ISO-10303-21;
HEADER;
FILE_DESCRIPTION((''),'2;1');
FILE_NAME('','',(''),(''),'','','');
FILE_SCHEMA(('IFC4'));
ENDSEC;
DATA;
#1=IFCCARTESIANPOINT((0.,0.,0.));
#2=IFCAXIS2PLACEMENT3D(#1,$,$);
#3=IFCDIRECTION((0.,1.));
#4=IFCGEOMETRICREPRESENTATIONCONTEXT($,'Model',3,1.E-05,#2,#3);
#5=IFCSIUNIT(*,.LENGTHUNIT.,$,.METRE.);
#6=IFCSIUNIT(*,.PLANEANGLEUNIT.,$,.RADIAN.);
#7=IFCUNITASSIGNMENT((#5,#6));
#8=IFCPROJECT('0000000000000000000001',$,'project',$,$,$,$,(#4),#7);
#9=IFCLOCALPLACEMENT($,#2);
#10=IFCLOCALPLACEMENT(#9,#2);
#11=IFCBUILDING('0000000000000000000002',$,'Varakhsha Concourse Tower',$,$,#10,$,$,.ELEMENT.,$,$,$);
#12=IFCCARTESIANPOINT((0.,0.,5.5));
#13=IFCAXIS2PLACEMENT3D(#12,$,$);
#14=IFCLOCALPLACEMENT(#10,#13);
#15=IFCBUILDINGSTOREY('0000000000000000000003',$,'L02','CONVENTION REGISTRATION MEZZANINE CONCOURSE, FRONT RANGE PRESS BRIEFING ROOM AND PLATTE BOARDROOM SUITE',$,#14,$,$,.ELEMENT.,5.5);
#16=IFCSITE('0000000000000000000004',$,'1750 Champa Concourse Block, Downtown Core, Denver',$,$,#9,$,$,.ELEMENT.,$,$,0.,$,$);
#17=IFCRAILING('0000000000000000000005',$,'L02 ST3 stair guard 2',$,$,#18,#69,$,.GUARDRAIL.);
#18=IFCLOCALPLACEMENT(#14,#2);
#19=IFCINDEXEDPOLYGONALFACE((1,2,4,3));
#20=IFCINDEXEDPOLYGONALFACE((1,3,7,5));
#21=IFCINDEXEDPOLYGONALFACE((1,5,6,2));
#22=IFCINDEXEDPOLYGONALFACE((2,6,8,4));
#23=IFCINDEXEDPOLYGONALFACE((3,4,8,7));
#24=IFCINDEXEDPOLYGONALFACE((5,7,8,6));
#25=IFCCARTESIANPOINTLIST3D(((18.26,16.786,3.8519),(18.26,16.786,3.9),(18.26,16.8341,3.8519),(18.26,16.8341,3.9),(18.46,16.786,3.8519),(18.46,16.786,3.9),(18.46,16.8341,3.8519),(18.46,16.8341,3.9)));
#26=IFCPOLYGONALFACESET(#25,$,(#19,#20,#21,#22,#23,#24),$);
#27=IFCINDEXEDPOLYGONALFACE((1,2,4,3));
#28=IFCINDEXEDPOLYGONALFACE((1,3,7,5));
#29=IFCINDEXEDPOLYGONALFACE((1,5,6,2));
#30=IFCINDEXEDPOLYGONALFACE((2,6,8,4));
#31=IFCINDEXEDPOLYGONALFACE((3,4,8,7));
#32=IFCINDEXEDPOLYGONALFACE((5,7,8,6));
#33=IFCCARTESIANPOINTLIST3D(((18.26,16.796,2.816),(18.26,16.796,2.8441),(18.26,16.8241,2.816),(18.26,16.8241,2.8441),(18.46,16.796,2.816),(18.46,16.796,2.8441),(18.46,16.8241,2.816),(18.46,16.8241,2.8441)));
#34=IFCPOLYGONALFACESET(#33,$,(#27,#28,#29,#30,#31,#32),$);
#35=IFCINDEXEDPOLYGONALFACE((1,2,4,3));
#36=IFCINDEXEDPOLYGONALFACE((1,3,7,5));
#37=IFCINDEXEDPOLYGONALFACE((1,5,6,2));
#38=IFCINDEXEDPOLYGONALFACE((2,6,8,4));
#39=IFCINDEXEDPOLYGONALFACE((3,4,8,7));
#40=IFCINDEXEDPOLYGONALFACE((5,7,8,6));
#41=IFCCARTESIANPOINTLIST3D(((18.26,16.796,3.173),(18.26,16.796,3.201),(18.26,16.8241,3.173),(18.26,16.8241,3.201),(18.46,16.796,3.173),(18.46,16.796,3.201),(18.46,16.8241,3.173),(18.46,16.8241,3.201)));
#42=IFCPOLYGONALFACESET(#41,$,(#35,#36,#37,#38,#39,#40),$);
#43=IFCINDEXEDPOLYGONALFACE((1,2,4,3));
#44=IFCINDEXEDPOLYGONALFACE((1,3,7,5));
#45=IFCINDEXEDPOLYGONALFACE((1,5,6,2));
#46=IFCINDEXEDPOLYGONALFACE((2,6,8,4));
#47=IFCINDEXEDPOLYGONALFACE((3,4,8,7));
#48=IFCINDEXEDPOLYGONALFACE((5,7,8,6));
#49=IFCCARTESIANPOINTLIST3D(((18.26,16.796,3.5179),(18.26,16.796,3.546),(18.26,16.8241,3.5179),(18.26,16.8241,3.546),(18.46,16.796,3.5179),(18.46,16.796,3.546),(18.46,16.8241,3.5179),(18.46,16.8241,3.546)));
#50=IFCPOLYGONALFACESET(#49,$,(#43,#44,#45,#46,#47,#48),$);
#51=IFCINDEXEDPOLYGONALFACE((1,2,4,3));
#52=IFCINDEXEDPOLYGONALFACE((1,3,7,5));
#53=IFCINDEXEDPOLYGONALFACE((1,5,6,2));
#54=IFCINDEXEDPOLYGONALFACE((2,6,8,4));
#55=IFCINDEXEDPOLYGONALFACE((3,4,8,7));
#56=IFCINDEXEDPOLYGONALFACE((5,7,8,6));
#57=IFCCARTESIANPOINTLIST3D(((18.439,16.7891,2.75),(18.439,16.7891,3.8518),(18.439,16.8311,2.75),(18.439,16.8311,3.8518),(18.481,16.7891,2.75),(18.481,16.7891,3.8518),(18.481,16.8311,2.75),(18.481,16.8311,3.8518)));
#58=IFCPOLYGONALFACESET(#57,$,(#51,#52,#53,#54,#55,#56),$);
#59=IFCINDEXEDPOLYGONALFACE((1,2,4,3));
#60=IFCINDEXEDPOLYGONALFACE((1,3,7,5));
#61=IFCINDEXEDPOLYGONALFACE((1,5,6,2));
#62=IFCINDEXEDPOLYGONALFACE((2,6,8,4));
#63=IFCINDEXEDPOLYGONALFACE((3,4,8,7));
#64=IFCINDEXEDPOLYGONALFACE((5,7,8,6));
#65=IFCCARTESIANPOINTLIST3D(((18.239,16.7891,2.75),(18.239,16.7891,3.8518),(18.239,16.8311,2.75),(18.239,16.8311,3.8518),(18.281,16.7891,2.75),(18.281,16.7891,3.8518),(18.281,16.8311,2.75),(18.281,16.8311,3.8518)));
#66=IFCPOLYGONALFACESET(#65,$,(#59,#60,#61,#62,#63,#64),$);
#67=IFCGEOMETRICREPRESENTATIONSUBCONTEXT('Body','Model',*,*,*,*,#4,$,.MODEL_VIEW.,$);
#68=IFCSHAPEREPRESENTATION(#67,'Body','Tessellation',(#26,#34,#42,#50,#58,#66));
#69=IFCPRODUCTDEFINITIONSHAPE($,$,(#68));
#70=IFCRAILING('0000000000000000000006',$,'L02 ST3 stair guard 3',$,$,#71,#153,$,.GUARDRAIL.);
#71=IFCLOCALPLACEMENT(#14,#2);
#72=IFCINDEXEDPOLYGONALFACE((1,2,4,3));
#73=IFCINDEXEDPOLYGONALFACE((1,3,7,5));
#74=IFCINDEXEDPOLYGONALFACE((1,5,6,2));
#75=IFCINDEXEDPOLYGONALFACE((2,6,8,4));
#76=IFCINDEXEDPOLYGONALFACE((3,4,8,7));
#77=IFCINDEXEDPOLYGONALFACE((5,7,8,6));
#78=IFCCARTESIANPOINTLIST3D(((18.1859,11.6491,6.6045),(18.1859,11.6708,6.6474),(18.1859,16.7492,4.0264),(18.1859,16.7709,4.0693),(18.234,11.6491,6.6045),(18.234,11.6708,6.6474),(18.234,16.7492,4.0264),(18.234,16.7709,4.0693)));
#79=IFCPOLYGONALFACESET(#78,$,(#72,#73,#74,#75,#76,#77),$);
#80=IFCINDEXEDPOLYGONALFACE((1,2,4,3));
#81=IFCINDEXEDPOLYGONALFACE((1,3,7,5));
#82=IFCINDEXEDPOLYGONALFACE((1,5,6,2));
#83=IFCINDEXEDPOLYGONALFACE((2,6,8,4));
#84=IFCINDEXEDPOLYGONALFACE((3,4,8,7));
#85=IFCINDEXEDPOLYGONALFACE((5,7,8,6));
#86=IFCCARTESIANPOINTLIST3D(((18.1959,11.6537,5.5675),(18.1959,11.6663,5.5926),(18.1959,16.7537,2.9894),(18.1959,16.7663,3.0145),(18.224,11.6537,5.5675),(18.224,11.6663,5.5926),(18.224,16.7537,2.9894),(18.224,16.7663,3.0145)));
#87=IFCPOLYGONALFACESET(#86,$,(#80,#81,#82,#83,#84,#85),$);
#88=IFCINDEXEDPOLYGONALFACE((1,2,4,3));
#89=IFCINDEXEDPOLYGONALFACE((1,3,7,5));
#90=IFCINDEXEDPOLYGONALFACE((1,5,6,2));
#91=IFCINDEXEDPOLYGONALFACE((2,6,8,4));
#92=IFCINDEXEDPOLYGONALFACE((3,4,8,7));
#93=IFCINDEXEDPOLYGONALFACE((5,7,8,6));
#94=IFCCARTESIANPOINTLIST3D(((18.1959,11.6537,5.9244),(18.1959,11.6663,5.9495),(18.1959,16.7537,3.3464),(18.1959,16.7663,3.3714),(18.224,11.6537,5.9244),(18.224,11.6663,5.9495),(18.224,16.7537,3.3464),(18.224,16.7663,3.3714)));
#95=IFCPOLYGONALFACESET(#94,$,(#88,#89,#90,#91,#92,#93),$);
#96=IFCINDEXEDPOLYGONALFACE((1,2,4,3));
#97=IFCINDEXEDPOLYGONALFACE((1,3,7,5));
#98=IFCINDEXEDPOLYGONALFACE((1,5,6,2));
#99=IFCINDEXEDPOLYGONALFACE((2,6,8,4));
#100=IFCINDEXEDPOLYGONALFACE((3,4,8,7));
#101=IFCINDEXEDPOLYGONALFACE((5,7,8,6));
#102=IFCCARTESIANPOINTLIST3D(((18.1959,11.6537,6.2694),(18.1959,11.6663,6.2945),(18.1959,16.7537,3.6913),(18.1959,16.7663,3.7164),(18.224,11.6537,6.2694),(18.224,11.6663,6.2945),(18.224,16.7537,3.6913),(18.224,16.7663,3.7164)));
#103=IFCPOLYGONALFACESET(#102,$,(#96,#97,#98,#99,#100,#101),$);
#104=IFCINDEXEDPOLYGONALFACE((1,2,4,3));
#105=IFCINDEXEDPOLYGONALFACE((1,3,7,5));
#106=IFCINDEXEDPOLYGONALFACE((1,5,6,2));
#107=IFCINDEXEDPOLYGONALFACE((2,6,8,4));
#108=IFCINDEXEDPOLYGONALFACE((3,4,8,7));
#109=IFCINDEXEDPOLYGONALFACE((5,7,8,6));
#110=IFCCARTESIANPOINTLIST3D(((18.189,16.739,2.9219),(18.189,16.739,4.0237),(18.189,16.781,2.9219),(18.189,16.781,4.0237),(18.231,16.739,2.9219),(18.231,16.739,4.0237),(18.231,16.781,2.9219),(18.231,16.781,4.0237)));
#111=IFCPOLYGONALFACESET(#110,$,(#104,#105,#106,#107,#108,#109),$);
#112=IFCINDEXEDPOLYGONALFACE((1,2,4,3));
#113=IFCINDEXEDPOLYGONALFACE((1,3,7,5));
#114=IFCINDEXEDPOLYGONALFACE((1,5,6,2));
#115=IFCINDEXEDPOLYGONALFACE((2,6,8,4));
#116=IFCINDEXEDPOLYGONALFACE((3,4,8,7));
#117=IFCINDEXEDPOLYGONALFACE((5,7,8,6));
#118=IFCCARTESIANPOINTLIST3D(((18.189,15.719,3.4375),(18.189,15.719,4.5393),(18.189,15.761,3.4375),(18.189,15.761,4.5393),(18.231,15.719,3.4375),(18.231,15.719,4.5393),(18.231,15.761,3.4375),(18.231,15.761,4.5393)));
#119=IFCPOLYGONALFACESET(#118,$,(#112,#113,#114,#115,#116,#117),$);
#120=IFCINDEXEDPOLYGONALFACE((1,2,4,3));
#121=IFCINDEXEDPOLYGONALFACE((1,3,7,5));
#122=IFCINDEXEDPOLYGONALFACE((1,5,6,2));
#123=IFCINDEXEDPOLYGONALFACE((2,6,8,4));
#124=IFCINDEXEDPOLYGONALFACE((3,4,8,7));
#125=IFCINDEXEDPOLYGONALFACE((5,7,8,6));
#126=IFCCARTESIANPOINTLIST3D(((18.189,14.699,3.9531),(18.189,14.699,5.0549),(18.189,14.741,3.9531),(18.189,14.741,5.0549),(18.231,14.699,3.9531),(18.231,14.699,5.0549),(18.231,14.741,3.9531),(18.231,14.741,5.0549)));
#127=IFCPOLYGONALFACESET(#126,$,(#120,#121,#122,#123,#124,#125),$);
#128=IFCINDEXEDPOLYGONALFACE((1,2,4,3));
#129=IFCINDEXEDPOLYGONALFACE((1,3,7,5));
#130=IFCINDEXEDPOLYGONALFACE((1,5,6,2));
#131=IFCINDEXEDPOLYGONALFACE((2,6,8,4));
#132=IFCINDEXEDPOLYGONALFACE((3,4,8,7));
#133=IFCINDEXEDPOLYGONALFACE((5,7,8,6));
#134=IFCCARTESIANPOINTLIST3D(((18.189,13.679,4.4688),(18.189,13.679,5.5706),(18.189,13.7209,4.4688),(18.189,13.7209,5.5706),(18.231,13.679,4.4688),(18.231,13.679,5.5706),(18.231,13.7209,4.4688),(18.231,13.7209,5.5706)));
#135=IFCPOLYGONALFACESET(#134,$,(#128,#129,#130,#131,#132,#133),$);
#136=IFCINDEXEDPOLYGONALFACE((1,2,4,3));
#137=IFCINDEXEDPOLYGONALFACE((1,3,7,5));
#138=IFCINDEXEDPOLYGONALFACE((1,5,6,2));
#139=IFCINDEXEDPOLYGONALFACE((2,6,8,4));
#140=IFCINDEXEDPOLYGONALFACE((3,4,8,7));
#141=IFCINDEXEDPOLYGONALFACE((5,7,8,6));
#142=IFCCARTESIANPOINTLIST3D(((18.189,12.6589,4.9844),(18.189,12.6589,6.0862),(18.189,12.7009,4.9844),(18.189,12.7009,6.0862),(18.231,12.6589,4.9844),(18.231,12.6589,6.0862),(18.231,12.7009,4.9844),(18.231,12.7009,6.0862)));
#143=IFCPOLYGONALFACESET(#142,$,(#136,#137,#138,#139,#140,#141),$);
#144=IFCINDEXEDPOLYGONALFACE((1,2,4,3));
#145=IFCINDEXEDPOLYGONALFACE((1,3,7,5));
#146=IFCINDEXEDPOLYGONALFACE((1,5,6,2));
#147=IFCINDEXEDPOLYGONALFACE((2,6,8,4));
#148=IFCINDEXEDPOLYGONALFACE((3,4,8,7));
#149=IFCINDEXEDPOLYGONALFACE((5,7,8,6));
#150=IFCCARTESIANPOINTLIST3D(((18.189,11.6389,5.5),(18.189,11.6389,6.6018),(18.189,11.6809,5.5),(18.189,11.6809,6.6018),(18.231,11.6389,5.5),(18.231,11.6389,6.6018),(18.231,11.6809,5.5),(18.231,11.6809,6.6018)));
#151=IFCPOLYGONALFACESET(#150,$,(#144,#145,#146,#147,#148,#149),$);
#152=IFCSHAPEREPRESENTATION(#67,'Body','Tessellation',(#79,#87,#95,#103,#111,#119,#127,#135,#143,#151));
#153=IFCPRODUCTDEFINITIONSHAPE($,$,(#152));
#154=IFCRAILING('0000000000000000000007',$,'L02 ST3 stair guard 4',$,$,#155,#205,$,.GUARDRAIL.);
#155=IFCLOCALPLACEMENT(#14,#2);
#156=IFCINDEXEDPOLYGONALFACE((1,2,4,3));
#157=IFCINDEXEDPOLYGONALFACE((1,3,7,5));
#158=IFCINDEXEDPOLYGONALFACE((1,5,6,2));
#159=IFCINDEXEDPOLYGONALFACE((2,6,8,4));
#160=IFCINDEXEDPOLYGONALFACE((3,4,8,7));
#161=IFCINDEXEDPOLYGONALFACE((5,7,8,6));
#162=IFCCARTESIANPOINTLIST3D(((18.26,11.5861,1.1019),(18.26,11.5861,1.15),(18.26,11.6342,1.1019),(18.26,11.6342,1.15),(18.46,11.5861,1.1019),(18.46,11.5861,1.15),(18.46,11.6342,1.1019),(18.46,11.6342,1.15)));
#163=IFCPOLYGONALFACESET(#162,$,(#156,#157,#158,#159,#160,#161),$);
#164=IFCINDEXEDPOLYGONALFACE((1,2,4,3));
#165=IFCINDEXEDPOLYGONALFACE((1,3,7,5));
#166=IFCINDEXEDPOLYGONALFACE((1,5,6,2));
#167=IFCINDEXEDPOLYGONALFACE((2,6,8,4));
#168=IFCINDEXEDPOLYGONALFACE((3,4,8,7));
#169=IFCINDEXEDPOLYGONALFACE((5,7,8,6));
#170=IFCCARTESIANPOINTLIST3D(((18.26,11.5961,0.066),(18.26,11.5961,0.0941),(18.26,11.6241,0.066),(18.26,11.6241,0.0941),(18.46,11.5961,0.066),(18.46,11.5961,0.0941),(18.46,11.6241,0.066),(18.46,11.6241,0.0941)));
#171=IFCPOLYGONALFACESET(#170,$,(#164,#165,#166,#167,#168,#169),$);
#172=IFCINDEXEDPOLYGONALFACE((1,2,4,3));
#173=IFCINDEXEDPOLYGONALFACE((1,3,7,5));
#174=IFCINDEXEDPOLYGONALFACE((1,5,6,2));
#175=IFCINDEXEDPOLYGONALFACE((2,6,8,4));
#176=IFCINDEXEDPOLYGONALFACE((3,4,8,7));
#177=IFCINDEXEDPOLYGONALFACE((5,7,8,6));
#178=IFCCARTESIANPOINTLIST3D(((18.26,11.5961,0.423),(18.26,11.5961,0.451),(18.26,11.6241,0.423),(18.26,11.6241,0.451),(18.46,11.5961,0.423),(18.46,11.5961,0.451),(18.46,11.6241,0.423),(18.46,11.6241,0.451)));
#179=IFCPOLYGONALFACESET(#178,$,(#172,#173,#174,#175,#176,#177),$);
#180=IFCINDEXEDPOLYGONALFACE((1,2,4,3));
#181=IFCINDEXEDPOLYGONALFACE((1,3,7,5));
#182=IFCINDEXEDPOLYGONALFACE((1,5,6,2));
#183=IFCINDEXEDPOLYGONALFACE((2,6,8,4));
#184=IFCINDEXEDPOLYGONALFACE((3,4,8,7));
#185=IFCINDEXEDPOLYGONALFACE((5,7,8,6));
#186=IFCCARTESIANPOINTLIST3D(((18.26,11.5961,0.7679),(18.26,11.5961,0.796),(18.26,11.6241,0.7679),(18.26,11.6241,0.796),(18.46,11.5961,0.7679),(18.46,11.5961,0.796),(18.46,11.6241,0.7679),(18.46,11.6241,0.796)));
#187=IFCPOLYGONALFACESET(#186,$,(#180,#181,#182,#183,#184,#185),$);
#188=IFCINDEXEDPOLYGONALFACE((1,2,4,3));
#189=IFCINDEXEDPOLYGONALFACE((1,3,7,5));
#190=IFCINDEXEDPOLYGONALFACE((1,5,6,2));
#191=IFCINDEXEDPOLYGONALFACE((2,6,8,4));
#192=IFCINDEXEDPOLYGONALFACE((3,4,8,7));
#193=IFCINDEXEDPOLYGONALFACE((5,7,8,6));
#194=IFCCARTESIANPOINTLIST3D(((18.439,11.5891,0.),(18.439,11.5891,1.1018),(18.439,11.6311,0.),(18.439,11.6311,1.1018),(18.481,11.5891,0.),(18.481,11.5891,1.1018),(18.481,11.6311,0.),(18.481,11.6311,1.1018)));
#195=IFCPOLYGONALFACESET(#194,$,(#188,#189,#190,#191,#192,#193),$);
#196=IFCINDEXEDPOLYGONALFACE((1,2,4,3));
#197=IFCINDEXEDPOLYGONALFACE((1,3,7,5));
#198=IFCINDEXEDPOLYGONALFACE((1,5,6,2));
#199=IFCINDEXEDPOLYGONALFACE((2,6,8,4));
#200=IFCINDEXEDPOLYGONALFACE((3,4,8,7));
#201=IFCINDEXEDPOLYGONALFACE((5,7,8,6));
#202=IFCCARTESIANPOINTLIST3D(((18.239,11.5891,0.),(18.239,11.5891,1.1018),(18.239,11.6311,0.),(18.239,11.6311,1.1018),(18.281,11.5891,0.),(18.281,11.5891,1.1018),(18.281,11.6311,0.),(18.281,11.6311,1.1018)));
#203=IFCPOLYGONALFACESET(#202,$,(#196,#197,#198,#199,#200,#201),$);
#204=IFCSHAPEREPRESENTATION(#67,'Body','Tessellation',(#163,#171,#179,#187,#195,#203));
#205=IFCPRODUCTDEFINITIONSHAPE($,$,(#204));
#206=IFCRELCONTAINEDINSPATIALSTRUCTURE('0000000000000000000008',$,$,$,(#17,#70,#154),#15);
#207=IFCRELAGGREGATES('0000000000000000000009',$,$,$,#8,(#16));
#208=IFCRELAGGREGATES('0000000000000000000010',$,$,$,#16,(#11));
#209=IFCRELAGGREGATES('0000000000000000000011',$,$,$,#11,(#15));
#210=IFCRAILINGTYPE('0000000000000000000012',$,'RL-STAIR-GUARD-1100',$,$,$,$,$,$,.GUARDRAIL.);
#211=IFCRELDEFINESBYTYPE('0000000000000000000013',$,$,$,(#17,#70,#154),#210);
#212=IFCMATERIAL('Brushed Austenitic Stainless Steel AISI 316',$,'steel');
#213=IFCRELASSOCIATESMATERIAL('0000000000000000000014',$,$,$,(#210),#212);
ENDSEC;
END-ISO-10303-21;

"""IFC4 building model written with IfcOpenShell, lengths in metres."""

from ifc_helpers import new_model, si_unit, direction, frame, origin, origin_2d, place, context, subcontext, project, spatial, rectangle, extrude, material, type_object, element, save


model = new_model("IFC4")

# Units and contexts
model_context = context("Model", 3, precision=1e-05, world=origin(), true_north=direction((0.0, 1.0)))
body_context = subcontext(model_context, "Body", "Model", "MODEL_VIEW")
ifc_project = project(units=[si_unit("LENGTHUNIT", "METRE"), si_unit("PLANEANGLEUNIT", "RADIAN")], contexts=[model_context])

# Site, building, storey
site_placement = place(None, origin())
site = spatial("IfcSite", under=ifc_project, at=site_placement, Name="1750 Champa Concourse Block, Downtown Core, Denver", CompositionType="ELEMENT", RefElevation=0.0)
building_placement = place(site_placement, origin())
building = spatial("IfcBuilding", under=site, at=building_placement, Name="Varakhsha Concourse Tower", CompositionType="ELEMENT")
storey_placement = place(building_placement, frame((0.0, 0.0, 5.5)))
storey = spatial("IfcBuildingStorey", under=building, at=storey_placement, Name="L02", Description="CONVENTION REGISTRATION MEZZANINE CONCOURSE, FRONT RANGE PRESS BRIEFING ROOM AND PLATTE BOARDROOM SUITE", CompositionType="ELEMENT", Elevation=5.5)

# Railings
ifc_material_1 = material(Name="Brushed Austenitic Stainless Steel AISI 316", Category="steel")
railing_type_1 = type_object("IfcRailingType", Name="RL-STAIR-GUARD-1100", PredefinedType="GUARDRAIL", material=ifc_material_1)
railing_1_placement = place(storey_placement, frame((18.46, 16.8101, 2.75)))
element("IfcRailing", 1, at=railing_1_placement, inside=storey, type_object=railing_type_1, Name="L02 ST3 stair guard 2", PredefinedType="GUARDRAIL", context=body_context, shape_type="SweptSolid", body=[
    extrude(rectangle(XDim=0.0481, YDim=0.0481, at=origin_2d()), frame((0.0, 0.0, 1.126), z_axis=(-1.0, 0.0, 0.0), x_axis=(0.0, -1.0, 0.0)), (0.0, 0.0, 1.0), 0.2),
    extrude(rectangle(XDim=0.0281, YDim=0.0281, at=origin_2d()), frame((0.0, 0.0, 0.0801), z_axis=(-1.0, 0.0, 0.0), x_axis=(0.0, -1.0, 0.0)), (0.0, 0.0, 1.0), 0.2),
    extrude(rectangle(XDim=0.0281, YDim=0.0281, at=origin_2d()), frame((0.0, 0.0, 0.437), z_axis=(-1.0, 0.0, 0.0), x_axis=(0.0, -1.0, 0.0)), (0.0, 0.0, 1.0), 0.2),
    extrude(rectangle(XDim=0.0281, YDim=0.0281, at=origin_2d()), frame((0.0, 0.0, 0.782), z_axis=(-1.0, 0.0, 0.0), x_axis=(0.0, -1.0, 0.0)), (0.0, 0.0, 1.0), 0.2),
    extrude(rectangle(XDim=0.042, YDim=0.042, at=origin_2d()), origin(), (0.0, 0.0, 1.0), 1.1018),
    extrude(rectangle(XDim=0.042, YDim=0.042, at=origin_2d()), frame((-0.2, 0.0, 0.0)), (0.0, 0.0, 1.0), 1.1018),
])
railing_2_placement = place(storey_placement, frame((18.21, 16.76, 2.9219)))
element("IfcRailing", 2, at=railing_2_placement, inside=storey, type_object=railing_type_1, Name="L02 ST3 stair guard 3", PredefinedType="GUARDRAIL", context=body_context, shape_type="SweptSolid", body=[
    extrude(rectangle(XDim=0.0481, YDim=0.0481, at=origin_2d()), frame((0.0, 0.0, 1.126), z_axis=(0.0, -0.892453, 0.45114), x_axis=(1.0, 0.0, 0.0)), (0.0, 0.0, 1.0), 5.7146),
    extrude(rectangle(XDim=0.0281, YDim=0.0281, at=origin_2d()), frame((0.0, 0.0, 0.0801), z_axis=(0.0, -0.892453, 0.45114), x_axis=(1.0, 0.0, 0.0)), (0.0, 0.0, 1.0), 5.7146),
    extrude(rectangle(XDim=0.0281, YDim=0.0281, at=origin_2d()), frame((0.0, 0.0, 0.437), z_axis=(0.0, -0.892453, 0.45114), x_axis=(1.0, 0.0, 0.0)), (0.0, 0.0, 1.0), 5.7146),
    extrude(rectangle(XDim=0.0281, YDim=0.0281, at=origin_2d()), frame((0.0, 0.0, 0.782), z_axis=(0.0, -0.892453, 0.45114), x_axis=(1.0, 0.0, 0.0)), (0.0, 0.0, 1.0), 5.7146),
    extrude(rectangle(XDim=0.042, YDim=0.042, at=origin_2d()), origin(), (0.0, 0.0, 1.0), 1.1018),
    extrude(rectangle(XDim=0.042, YDim=0.042, at=origin_2d()), frame((0.0, -1.02, 0.5156)), (0.0, 0.0, 1.0), 1.1018),
    extrude(rectangle(XDim=0.042, YDim=0.042, at=origin_2d()), frame((0.0, -2.04, 1.0312)), (0.0, 0.0, 1.0), 1.1018),
    extrude(rectangle(XDim=0.042, YDim=0.042, at=origin_2d()), frame((0.0, -3.0601, 1.5469)), (0.0, 0.0, 1.0), 1.1018),
    extrude(rectangle(XDim=0.042, YDim=0.042, at=origin_2d()), frame((0.0, -4.0801, 2.0625)), (0.0, 0.0, 1.0), 1.1018),
    extrude(rectangle(XDim=0.042, YDim=0.042, at=origin_2d()), frame((0.0, -5.1001, 2.5781)), (0.0, 0.0, 1.0), 1.1018),
])
railing_3_placement = place(storey_placement, frame((18.46, 11.6101, 0.0)))
element("IfcRailing", 3, at=railing_3_placement, inside=storey, type_object=railing_type_1, Name="L02 ST3 stair guard 4", PredefinedType="GUARDRAIL", context=body_context, shape_type="SweptSolid", body=[
    extrude(rectangle(XDim=0.0481, YDim=0.0481, at=origin_2d()), frame((0.0, 0.0, 1.126), z_axis=(-1.0, 0.0, 0.0), x_axis=(0.0, -1.0, 0.0)), (0.0, 0.0, 1.0), 0.2),
    extrude(rectangle(XDim=0.0281, YDim=0.0281, at=origin_2d()), frame((0.0, 0.0, 0.0801), z_axis=(-1.0, 0.0, 0.0), x_axis=(0.0, -1.0, 0.0)), (0.0, 0.0, 1.0), 0.2),
    extrude(rectangle(XDim=0.0281, YDim=0.0281, at=origin_2d()), frame((0.0, 0.0, 0.437), z_axis=(-1.0, 0.0, 0.0), x_axis=(0.0, -1.0, 0.0)), (0.0, 0.0, 1.0), 0.2),
    extrude(rectangle(XDim=0.0281, YDim=0.0281, at=origin_2d()), frame((0.0, 0.0, 0.782), z_axis=(-1.0, 0.0, 0.0), x_axis=(0.0, -1.0, 0.0)), (0.0, 0.0, 1.0), 0.2),
    extrude(rectangle(XDim=0.042, YDim=0.042, at=origin_2d()), origin(), (0.0, 0.0, 1.0), 1.1018),
    extrude(rectangle(XDim=0.042, YDim=0.042, at=origin_2d()), frame((-0.2, 0.0, 0.0)), (0.0, 0.0, 1.0), 1.1018),
])

save(model, "model.ifc")
